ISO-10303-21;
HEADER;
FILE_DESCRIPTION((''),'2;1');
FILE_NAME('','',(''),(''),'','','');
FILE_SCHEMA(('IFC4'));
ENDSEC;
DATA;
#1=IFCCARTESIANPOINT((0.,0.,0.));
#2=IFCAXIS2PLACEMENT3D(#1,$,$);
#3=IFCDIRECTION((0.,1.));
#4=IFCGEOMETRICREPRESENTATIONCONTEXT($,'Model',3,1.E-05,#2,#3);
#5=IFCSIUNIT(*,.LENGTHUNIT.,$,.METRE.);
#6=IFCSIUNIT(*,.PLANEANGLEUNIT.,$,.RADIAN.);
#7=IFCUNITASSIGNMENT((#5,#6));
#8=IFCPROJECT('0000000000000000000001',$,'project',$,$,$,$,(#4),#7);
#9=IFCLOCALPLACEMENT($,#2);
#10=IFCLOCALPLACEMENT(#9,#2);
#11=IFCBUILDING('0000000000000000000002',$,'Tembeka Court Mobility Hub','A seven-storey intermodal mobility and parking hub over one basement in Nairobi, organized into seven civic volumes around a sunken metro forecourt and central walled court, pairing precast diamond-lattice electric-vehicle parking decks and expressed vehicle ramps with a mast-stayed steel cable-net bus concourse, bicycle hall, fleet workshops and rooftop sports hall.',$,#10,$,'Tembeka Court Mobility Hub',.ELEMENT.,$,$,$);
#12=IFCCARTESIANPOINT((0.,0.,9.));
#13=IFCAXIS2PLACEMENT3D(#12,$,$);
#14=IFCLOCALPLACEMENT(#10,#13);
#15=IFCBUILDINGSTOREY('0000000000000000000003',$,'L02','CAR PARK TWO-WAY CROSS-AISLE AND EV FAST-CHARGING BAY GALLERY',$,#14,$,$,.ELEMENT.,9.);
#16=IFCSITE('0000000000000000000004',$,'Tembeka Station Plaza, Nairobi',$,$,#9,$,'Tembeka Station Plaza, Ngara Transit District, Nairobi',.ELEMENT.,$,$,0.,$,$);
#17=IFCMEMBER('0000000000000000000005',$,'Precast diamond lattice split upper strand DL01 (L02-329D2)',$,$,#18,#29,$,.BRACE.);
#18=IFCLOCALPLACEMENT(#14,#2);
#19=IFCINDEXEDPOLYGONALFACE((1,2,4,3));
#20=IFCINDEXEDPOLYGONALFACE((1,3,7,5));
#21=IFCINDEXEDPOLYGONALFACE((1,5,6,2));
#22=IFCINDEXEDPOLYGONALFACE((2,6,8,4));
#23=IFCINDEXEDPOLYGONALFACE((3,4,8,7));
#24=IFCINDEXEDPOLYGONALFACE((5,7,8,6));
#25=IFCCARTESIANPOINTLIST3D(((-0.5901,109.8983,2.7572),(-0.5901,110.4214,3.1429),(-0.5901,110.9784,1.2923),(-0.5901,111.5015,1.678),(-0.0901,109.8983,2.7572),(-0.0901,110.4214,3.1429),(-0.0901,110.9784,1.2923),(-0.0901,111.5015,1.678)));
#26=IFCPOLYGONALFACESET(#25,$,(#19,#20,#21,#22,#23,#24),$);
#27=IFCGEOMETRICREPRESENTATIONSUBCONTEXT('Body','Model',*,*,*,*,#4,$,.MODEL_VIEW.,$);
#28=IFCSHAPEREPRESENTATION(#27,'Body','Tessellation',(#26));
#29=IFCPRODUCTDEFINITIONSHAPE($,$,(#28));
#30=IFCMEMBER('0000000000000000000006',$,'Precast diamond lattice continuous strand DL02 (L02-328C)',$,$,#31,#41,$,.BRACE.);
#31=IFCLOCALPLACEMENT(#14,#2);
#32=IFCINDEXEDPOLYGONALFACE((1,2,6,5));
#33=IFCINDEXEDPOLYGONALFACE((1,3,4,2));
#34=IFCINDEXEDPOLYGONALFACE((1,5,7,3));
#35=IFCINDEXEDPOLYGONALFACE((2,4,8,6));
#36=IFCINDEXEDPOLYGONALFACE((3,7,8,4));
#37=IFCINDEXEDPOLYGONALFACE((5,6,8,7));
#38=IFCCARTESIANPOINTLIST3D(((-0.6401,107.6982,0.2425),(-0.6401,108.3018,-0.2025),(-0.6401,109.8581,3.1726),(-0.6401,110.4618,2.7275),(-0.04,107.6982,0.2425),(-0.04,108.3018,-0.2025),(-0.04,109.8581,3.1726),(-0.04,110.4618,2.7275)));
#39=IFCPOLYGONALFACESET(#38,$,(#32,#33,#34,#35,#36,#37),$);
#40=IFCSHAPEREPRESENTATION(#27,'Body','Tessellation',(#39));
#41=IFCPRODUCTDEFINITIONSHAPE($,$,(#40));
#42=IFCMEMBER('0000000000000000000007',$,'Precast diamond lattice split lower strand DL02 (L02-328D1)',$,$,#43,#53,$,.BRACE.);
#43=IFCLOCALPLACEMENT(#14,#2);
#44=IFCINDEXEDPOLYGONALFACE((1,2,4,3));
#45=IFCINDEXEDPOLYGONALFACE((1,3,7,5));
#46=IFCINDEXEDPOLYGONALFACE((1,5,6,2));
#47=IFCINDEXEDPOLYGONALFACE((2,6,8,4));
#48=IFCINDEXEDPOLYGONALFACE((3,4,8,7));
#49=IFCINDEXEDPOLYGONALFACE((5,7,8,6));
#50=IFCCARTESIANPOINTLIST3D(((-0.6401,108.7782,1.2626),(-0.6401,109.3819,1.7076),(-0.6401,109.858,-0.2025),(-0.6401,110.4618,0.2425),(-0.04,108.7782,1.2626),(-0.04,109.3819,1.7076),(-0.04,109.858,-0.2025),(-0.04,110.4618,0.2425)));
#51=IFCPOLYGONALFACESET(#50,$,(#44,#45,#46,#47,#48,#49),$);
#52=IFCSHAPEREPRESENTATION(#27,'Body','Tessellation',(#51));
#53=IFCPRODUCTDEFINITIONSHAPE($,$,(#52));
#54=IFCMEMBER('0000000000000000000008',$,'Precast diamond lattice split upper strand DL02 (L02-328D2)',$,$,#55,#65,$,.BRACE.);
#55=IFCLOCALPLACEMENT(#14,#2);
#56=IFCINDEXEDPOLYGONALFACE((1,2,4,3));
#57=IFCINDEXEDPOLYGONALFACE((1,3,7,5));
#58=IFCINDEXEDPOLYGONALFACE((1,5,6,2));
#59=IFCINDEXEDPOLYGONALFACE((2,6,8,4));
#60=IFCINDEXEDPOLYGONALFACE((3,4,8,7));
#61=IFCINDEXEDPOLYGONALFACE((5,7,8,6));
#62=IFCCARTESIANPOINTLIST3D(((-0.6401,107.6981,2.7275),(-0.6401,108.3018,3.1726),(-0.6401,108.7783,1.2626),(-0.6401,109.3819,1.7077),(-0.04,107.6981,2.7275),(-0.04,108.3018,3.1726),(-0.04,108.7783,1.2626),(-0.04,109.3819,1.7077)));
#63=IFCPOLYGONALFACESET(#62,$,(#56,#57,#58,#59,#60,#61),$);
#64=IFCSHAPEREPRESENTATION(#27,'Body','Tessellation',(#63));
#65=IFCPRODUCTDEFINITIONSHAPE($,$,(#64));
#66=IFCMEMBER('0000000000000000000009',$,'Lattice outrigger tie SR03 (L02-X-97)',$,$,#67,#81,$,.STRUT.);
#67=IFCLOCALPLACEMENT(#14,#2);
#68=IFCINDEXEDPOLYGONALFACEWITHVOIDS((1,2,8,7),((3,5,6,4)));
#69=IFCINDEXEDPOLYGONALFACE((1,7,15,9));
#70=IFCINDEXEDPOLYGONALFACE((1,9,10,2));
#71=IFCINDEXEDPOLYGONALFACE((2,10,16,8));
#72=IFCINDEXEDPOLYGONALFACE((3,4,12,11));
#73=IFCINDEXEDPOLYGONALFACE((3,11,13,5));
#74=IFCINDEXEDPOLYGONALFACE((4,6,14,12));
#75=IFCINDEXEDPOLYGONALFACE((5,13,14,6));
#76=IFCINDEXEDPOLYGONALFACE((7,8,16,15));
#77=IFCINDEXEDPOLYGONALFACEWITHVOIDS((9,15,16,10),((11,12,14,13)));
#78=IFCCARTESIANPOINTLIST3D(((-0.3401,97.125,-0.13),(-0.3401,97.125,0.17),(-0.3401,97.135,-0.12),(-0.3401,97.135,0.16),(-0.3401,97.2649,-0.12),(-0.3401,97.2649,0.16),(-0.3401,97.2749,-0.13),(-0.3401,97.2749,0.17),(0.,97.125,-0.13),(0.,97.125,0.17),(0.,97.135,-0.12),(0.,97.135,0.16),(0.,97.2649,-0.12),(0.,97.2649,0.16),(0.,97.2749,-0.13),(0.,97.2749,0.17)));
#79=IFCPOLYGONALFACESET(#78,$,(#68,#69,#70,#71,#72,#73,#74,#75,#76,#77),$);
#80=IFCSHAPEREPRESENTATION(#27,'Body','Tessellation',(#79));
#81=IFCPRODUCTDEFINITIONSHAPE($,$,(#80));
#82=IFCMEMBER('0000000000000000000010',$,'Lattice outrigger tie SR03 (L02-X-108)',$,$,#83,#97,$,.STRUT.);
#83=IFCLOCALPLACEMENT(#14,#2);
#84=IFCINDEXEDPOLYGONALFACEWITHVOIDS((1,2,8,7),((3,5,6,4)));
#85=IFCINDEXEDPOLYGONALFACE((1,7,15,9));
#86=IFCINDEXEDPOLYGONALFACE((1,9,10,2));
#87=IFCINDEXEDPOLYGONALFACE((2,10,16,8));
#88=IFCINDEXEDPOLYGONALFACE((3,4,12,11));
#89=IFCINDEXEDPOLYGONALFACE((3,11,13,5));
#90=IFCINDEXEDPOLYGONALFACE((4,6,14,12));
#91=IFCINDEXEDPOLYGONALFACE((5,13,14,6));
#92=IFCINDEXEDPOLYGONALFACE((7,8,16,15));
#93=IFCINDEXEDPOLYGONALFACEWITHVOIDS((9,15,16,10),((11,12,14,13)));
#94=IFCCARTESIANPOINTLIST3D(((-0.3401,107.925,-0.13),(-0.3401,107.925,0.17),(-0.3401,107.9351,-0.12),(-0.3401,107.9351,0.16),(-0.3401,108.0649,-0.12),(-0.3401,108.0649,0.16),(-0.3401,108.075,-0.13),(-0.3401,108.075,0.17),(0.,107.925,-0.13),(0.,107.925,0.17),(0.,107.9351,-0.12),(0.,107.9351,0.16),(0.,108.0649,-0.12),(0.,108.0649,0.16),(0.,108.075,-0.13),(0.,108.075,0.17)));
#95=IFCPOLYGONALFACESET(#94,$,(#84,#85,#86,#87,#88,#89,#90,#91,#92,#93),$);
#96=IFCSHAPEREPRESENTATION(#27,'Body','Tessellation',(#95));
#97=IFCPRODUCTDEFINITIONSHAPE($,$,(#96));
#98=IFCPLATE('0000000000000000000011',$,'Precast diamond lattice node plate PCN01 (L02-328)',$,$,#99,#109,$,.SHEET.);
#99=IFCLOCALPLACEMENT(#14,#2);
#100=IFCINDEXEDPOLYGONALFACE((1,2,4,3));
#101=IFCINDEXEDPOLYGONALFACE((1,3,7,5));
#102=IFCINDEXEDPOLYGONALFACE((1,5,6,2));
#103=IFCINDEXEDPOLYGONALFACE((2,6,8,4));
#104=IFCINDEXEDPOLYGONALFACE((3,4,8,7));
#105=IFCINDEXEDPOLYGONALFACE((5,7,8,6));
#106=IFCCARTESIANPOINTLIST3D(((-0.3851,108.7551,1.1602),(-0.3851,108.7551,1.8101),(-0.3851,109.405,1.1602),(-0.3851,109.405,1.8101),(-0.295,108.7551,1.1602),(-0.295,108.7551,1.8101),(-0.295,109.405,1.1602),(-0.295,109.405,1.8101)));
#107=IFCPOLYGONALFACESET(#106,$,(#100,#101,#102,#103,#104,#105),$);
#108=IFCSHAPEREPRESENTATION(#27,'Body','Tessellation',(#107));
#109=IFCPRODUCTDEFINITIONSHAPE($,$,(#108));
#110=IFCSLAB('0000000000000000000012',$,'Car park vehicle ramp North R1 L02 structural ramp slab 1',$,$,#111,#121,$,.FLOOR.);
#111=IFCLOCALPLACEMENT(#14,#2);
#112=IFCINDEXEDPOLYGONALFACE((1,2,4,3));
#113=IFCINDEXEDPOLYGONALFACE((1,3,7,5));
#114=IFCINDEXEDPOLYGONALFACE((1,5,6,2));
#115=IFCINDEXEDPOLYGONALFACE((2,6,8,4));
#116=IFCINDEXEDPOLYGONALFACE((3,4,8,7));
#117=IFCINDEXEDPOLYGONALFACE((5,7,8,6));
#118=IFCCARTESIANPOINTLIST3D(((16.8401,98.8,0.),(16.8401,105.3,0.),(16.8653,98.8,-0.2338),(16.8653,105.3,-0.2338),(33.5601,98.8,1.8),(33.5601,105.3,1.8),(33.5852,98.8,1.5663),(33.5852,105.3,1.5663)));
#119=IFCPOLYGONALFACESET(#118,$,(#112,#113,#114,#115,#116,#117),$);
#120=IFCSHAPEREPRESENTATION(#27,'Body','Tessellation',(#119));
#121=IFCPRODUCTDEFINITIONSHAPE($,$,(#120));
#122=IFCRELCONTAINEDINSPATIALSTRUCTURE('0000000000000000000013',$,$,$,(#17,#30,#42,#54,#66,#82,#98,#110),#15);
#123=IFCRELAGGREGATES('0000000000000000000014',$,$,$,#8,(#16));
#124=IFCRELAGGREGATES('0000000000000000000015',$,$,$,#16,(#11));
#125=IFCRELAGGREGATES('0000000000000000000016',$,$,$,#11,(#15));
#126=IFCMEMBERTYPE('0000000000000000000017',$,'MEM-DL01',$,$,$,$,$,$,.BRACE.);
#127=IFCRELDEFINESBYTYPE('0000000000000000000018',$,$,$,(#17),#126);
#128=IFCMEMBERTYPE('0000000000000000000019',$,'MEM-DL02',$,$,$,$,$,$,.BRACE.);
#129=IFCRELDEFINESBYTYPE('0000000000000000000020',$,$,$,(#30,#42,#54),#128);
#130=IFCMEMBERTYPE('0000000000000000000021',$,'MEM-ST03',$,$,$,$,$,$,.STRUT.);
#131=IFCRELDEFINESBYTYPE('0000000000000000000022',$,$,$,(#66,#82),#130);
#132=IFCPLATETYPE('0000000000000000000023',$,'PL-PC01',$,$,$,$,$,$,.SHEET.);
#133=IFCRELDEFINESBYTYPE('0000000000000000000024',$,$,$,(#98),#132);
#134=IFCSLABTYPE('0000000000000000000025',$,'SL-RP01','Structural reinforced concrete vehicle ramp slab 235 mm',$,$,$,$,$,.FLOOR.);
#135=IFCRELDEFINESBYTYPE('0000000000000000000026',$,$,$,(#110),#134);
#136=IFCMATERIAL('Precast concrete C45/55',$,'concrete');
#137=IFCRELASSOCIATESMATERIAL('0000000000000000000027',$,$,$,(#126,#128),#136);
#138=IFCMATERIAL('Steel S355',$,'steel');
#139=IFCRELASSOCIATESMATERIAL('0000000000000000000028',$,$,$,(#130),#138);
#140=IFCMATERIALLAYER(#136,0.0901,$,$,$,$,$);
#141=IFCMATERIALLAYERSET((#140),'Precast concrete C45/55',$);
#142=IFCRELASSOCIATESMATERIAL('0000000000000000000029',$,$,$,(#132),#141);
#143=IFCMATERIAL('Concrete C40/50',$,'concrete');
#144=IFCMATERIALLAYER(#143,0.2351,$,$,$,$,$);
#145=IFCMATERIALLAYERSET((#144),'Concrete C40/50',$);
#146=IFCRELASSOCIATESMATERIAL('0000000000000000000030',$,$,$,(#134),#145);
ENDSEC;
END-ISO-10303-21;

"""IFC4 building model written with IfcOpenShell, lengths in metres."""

from ifc_helpers import new_model, si_unit, direction, frame, origin, origin_2d, place, context, subcontext, project, spatial, polyline, rectangle, hollow_rectangle, outline, extrude, material, layer, layer_set, material_profile, profile_set, type_object, element, save


model = new_model("IFC4")

# Units and contexts
model_context = context("Model", 3, precision=1e-05, world=origin(), true_north=direction((0.0, 1.0)))
body_context = subcontext(model_context, "Body", "Model", "MODEL_VIEW")
ifc_project = project(units=[si_unit("LENGTHUNIT", "METRE"), si_unit("PLANEANGLEUNIT", "RADIAN")], contexts=[model_context])

# Site, building, storey
site_placement = place(None, origin())
site = spatial("IfcSite", under=ifc_project, at=site_placement, Name="Tembeka Station Plaza, Nairobi", LongName="Tembeka Station Plaza, Ngara Transit District, Nairobi", CompositionType="ELEMENT", RefElevation=0.0)
building_placement = place(site_placement, origin())
building = spatial("IfcBuilding", under=site, at=building_placement, Name="Tembeka Court Mobility Hub", Description="A seven-storey intermodal mobility and parking hub over one basement in Nairobi, organized into seven civic volumes around a sunken metro forecourt and central walled court, pairing precast diamond-lattice electric-vehicle parking decks and expressed vehicle ramps with a mast-stayed steel cable-net bus concourse, bicycle hall, fleet workshops and rooftop sports hall.", LongName="Tembeka Court Mobility Hub", CompositionType="ELEMENT")
storey_placement = place(building_placement, frame((0.0, 0.0, 9.0)))
storey = spatial("IfcBuildingStorey", under=building, at=storey_placement, Name="L02", Description="CAR PARK TWO-WAY CROSS-AISLE AND EV FAST-CHARGING BAY GALLERY", CompositionType="ELEMENT", Elevation=9.0)

# Shared definitions
ifc_material_1 = material(Name="Steel S355", Category="steel")

# Members
ifc_material_2 = material(Name="Precast concrete C45/55", Category="concrete")
ifc_material_profile_1 = material_profile(ifc_material_2, rectangle(XDim=0.5, YDim=0.6499, at=origin_2d()), Name="PC-DIAG 500x650")
ifc_profile_set_1 = profile_set([ifc_material_profile_1], Name="Precast concrete C45/55")
member_type_1 = type_object("IfcMemberType", Name="MEM-DL01", PredefinedType="BRACE", material=ifc_profile_set_1)
member_1_placement = place(storey_placement, frame((-0.3401, 111.24, 1.4851), z_axis=(0.0, -0.593455, 0.804867), x_axis=(1.0, 0.0, 0.0)))
element("IfcMember", 1, at=member_1_placement, inside=storey, type_object=member_type_1, Name="Precast diamond lattice split upper strand DL01 (L02-329D2)", PredefinedType="BRACE", context=body_context, shape_type="SweptSolid", body=[
    extrude(rectangle(XDim=0.5, YDim=0.6499, at=origin_2d()), origin(), (0.0, 0.0, 1.0), 1.8201),
])
ifc_material_profile_2 = material_profile(ifc_material_2, rectangle(XDim=0.6001, YDim=0.75, at=origin_2d()), Name="PC-DIAG 600x750")
ifc_profile_set_2 = profile_set([ifc_material_profile_2], Name="Precast concrete C45/55")
member_type_2 = type_object("IfcMemberType", Name="MEM-DL02", PredefinedType="BRACE", material=ifc_profile_set_2)
member_2_placement = place(storey_placement, frame((-0.3401, 108.0, 0.02), z_axis=(0.0, 0.59338, 0.804923), x_axis=(-1.0, 0.0, 0.0)))
element("IfcMember", 2, at=member_2_placement, inside=storey, type_object=member_type_2, Name="Precast diamond lattice continuous strand DL02 (L02-328C)", PredefinedType="BRACE", context=body_context, shape_type="SweptSolid", body=[
    extrude(rectangle(XDim=0.6001, YDim=0.75, at=origin_2d()), origin(), (0.0, 0.0, 1.0), 3.6401),
])
for number, where, z_axis, x_axis, name in (
    (3, (-0.3401, 110.1599, 0.02), (0.0, -0.593304, 0.804978), (1.0, 0.0, 0.0), "Precast diamond lattice split lower strand DL02 (L02-328D1)"),
    (4, (-0.3401, 109.0801, 1.4851), (0.0, -0.593455, 0.804867), (1.0, 0.0, 0.0), "Precast diamond lattice split upper strand DL02 (L02-328D2)"),
):
    element("IfcMember", number, at=place(storey_placement, frame(where, z_axis=z_axis, x_axis=x_axis)), inside=storey, type_object=member_type_2, Name=name, PredefinedType="BRACE", context=body_context, shape_type="SweptSolid", body=[
        extrude(rectangle(XDim=0.6001, YDim=0.75, at=origin_2d()), origin(), (0.0, 0.0, 1.0), 1.8201),
    ])
ifc_material_profile_3 = material_profile(ifc_material_1, hollow_rectangle(XDim=0.1499, YDim=0.3, WallThickness=0.01, at=origin_2d()), Name="RHS 300x150x10")
ifc_profile_set_3 = profile_set([ifc_material_profile_3], Name="Steel S355")
member_type_3 = type_object("IfcMemberType", Name="MEM-ST03", PredefinedType="STRUT", material=ifc_profile_set_3)
for number, where, z_axis, x_axis, name in (
    (5, (0.0, 97.2, 0.02), (-1.0, 0.0, 0.0), (0.0, -1.0, 0.0), "Lattice outrigger tie SR03 (L02-X-97)"),
    (6, (0.0, 108.0, 0.02), (-1.0, 0.0, 0.0), (0.0, -1.0, 0.0), "Lattice outrigger tie SR03 (L02-X-108)"),
):
    element("IfcMember", number, at=place(storey_placement, frame(where, z_axis=z_axis, x_axis=x_axis)), inside=storey, type_object=member_type_3, Name=name, PredefinedType="STRUT", context=body_context, shape_type="SweptSolid", body=[
        extrude(hollow_rectangle(XDim=0.1499, YDim=0.3, WallThickness=0.01, at=origin_2d()), origin(), (0.0, 0.0, 1.0), 0.3401),
    ])

# Plate
ifc_layer_1 = layer(ifc_material_2, 0.0901)
ifc_layer_set_1 = layer_set([ifc_layer_1], Name="Precast concrete C45/55")
plate_type = type_object("IfcPlateType", Name="PL-PC01", PredefinedType="SHEET", material=ifc_layer_set_1)
plate_placement = place(storey_placement, frame((-0.3401, 109.0801, 1.1602), z_axis=(0.0, 0.0, 1.0), x_axis=(1.0, 0.0, 0.0)))
element("IfcPlate", 7, at=plate_placement, inside=storey, type_object=plate_type, Name="Precast diamond lattice node plate PCN01 (L02-328)", PredefinedType="SHEET", context=body_context, shape_type="SweptSolid", body=[
    extrude(rectangle(XDim=0.0901, YDim=0.6499, at=origin_2d()), origin(), (0.0, 0.0, 1.0), 0.6499),
])

# Slab
ifc_material_3 = material(Name="Concrete C40/50", Category="concrete")
ifc_layer_2 = layer(ifc_material_3, 0.2351)
ifc_layer_set_2 = layer_set([ifc_layer_2], Name="Concrete C40/50")
slab_type = type_object("IfcSlabType", Name="SL-RP01", Description="Structural reinforced concrete vehicle ramp slab 235 mm", PredefinedType="FLOOR", material=ifc_layer_set_2)
slab_placement = place(storey_placement, frame((16.8401, 98.8, 0.0), z_axis=(-0.10704, 0.0, 0.994255), x_axis=(0.994255, 0.0, 0.10704)))
element("IfcSlab", 8, at=slab_placement, inside=storey, type_object=slab_type, Name="Car park vehicle ramp North R1 L02 structural ramp slab 1", PredefinedType="FLOOR", context=body_context, shape_type="SweptSolid", body=[
    extrude(outline(polyline([(0.0, 0.0), (16.8166, 0.0), (16.8166, 6.5), (0.0, 6.5), (0.0, 0.0)])), origin(), (0.0, 0.0, -1.0), 0.2351),
])

save(model, "model.ifc")
